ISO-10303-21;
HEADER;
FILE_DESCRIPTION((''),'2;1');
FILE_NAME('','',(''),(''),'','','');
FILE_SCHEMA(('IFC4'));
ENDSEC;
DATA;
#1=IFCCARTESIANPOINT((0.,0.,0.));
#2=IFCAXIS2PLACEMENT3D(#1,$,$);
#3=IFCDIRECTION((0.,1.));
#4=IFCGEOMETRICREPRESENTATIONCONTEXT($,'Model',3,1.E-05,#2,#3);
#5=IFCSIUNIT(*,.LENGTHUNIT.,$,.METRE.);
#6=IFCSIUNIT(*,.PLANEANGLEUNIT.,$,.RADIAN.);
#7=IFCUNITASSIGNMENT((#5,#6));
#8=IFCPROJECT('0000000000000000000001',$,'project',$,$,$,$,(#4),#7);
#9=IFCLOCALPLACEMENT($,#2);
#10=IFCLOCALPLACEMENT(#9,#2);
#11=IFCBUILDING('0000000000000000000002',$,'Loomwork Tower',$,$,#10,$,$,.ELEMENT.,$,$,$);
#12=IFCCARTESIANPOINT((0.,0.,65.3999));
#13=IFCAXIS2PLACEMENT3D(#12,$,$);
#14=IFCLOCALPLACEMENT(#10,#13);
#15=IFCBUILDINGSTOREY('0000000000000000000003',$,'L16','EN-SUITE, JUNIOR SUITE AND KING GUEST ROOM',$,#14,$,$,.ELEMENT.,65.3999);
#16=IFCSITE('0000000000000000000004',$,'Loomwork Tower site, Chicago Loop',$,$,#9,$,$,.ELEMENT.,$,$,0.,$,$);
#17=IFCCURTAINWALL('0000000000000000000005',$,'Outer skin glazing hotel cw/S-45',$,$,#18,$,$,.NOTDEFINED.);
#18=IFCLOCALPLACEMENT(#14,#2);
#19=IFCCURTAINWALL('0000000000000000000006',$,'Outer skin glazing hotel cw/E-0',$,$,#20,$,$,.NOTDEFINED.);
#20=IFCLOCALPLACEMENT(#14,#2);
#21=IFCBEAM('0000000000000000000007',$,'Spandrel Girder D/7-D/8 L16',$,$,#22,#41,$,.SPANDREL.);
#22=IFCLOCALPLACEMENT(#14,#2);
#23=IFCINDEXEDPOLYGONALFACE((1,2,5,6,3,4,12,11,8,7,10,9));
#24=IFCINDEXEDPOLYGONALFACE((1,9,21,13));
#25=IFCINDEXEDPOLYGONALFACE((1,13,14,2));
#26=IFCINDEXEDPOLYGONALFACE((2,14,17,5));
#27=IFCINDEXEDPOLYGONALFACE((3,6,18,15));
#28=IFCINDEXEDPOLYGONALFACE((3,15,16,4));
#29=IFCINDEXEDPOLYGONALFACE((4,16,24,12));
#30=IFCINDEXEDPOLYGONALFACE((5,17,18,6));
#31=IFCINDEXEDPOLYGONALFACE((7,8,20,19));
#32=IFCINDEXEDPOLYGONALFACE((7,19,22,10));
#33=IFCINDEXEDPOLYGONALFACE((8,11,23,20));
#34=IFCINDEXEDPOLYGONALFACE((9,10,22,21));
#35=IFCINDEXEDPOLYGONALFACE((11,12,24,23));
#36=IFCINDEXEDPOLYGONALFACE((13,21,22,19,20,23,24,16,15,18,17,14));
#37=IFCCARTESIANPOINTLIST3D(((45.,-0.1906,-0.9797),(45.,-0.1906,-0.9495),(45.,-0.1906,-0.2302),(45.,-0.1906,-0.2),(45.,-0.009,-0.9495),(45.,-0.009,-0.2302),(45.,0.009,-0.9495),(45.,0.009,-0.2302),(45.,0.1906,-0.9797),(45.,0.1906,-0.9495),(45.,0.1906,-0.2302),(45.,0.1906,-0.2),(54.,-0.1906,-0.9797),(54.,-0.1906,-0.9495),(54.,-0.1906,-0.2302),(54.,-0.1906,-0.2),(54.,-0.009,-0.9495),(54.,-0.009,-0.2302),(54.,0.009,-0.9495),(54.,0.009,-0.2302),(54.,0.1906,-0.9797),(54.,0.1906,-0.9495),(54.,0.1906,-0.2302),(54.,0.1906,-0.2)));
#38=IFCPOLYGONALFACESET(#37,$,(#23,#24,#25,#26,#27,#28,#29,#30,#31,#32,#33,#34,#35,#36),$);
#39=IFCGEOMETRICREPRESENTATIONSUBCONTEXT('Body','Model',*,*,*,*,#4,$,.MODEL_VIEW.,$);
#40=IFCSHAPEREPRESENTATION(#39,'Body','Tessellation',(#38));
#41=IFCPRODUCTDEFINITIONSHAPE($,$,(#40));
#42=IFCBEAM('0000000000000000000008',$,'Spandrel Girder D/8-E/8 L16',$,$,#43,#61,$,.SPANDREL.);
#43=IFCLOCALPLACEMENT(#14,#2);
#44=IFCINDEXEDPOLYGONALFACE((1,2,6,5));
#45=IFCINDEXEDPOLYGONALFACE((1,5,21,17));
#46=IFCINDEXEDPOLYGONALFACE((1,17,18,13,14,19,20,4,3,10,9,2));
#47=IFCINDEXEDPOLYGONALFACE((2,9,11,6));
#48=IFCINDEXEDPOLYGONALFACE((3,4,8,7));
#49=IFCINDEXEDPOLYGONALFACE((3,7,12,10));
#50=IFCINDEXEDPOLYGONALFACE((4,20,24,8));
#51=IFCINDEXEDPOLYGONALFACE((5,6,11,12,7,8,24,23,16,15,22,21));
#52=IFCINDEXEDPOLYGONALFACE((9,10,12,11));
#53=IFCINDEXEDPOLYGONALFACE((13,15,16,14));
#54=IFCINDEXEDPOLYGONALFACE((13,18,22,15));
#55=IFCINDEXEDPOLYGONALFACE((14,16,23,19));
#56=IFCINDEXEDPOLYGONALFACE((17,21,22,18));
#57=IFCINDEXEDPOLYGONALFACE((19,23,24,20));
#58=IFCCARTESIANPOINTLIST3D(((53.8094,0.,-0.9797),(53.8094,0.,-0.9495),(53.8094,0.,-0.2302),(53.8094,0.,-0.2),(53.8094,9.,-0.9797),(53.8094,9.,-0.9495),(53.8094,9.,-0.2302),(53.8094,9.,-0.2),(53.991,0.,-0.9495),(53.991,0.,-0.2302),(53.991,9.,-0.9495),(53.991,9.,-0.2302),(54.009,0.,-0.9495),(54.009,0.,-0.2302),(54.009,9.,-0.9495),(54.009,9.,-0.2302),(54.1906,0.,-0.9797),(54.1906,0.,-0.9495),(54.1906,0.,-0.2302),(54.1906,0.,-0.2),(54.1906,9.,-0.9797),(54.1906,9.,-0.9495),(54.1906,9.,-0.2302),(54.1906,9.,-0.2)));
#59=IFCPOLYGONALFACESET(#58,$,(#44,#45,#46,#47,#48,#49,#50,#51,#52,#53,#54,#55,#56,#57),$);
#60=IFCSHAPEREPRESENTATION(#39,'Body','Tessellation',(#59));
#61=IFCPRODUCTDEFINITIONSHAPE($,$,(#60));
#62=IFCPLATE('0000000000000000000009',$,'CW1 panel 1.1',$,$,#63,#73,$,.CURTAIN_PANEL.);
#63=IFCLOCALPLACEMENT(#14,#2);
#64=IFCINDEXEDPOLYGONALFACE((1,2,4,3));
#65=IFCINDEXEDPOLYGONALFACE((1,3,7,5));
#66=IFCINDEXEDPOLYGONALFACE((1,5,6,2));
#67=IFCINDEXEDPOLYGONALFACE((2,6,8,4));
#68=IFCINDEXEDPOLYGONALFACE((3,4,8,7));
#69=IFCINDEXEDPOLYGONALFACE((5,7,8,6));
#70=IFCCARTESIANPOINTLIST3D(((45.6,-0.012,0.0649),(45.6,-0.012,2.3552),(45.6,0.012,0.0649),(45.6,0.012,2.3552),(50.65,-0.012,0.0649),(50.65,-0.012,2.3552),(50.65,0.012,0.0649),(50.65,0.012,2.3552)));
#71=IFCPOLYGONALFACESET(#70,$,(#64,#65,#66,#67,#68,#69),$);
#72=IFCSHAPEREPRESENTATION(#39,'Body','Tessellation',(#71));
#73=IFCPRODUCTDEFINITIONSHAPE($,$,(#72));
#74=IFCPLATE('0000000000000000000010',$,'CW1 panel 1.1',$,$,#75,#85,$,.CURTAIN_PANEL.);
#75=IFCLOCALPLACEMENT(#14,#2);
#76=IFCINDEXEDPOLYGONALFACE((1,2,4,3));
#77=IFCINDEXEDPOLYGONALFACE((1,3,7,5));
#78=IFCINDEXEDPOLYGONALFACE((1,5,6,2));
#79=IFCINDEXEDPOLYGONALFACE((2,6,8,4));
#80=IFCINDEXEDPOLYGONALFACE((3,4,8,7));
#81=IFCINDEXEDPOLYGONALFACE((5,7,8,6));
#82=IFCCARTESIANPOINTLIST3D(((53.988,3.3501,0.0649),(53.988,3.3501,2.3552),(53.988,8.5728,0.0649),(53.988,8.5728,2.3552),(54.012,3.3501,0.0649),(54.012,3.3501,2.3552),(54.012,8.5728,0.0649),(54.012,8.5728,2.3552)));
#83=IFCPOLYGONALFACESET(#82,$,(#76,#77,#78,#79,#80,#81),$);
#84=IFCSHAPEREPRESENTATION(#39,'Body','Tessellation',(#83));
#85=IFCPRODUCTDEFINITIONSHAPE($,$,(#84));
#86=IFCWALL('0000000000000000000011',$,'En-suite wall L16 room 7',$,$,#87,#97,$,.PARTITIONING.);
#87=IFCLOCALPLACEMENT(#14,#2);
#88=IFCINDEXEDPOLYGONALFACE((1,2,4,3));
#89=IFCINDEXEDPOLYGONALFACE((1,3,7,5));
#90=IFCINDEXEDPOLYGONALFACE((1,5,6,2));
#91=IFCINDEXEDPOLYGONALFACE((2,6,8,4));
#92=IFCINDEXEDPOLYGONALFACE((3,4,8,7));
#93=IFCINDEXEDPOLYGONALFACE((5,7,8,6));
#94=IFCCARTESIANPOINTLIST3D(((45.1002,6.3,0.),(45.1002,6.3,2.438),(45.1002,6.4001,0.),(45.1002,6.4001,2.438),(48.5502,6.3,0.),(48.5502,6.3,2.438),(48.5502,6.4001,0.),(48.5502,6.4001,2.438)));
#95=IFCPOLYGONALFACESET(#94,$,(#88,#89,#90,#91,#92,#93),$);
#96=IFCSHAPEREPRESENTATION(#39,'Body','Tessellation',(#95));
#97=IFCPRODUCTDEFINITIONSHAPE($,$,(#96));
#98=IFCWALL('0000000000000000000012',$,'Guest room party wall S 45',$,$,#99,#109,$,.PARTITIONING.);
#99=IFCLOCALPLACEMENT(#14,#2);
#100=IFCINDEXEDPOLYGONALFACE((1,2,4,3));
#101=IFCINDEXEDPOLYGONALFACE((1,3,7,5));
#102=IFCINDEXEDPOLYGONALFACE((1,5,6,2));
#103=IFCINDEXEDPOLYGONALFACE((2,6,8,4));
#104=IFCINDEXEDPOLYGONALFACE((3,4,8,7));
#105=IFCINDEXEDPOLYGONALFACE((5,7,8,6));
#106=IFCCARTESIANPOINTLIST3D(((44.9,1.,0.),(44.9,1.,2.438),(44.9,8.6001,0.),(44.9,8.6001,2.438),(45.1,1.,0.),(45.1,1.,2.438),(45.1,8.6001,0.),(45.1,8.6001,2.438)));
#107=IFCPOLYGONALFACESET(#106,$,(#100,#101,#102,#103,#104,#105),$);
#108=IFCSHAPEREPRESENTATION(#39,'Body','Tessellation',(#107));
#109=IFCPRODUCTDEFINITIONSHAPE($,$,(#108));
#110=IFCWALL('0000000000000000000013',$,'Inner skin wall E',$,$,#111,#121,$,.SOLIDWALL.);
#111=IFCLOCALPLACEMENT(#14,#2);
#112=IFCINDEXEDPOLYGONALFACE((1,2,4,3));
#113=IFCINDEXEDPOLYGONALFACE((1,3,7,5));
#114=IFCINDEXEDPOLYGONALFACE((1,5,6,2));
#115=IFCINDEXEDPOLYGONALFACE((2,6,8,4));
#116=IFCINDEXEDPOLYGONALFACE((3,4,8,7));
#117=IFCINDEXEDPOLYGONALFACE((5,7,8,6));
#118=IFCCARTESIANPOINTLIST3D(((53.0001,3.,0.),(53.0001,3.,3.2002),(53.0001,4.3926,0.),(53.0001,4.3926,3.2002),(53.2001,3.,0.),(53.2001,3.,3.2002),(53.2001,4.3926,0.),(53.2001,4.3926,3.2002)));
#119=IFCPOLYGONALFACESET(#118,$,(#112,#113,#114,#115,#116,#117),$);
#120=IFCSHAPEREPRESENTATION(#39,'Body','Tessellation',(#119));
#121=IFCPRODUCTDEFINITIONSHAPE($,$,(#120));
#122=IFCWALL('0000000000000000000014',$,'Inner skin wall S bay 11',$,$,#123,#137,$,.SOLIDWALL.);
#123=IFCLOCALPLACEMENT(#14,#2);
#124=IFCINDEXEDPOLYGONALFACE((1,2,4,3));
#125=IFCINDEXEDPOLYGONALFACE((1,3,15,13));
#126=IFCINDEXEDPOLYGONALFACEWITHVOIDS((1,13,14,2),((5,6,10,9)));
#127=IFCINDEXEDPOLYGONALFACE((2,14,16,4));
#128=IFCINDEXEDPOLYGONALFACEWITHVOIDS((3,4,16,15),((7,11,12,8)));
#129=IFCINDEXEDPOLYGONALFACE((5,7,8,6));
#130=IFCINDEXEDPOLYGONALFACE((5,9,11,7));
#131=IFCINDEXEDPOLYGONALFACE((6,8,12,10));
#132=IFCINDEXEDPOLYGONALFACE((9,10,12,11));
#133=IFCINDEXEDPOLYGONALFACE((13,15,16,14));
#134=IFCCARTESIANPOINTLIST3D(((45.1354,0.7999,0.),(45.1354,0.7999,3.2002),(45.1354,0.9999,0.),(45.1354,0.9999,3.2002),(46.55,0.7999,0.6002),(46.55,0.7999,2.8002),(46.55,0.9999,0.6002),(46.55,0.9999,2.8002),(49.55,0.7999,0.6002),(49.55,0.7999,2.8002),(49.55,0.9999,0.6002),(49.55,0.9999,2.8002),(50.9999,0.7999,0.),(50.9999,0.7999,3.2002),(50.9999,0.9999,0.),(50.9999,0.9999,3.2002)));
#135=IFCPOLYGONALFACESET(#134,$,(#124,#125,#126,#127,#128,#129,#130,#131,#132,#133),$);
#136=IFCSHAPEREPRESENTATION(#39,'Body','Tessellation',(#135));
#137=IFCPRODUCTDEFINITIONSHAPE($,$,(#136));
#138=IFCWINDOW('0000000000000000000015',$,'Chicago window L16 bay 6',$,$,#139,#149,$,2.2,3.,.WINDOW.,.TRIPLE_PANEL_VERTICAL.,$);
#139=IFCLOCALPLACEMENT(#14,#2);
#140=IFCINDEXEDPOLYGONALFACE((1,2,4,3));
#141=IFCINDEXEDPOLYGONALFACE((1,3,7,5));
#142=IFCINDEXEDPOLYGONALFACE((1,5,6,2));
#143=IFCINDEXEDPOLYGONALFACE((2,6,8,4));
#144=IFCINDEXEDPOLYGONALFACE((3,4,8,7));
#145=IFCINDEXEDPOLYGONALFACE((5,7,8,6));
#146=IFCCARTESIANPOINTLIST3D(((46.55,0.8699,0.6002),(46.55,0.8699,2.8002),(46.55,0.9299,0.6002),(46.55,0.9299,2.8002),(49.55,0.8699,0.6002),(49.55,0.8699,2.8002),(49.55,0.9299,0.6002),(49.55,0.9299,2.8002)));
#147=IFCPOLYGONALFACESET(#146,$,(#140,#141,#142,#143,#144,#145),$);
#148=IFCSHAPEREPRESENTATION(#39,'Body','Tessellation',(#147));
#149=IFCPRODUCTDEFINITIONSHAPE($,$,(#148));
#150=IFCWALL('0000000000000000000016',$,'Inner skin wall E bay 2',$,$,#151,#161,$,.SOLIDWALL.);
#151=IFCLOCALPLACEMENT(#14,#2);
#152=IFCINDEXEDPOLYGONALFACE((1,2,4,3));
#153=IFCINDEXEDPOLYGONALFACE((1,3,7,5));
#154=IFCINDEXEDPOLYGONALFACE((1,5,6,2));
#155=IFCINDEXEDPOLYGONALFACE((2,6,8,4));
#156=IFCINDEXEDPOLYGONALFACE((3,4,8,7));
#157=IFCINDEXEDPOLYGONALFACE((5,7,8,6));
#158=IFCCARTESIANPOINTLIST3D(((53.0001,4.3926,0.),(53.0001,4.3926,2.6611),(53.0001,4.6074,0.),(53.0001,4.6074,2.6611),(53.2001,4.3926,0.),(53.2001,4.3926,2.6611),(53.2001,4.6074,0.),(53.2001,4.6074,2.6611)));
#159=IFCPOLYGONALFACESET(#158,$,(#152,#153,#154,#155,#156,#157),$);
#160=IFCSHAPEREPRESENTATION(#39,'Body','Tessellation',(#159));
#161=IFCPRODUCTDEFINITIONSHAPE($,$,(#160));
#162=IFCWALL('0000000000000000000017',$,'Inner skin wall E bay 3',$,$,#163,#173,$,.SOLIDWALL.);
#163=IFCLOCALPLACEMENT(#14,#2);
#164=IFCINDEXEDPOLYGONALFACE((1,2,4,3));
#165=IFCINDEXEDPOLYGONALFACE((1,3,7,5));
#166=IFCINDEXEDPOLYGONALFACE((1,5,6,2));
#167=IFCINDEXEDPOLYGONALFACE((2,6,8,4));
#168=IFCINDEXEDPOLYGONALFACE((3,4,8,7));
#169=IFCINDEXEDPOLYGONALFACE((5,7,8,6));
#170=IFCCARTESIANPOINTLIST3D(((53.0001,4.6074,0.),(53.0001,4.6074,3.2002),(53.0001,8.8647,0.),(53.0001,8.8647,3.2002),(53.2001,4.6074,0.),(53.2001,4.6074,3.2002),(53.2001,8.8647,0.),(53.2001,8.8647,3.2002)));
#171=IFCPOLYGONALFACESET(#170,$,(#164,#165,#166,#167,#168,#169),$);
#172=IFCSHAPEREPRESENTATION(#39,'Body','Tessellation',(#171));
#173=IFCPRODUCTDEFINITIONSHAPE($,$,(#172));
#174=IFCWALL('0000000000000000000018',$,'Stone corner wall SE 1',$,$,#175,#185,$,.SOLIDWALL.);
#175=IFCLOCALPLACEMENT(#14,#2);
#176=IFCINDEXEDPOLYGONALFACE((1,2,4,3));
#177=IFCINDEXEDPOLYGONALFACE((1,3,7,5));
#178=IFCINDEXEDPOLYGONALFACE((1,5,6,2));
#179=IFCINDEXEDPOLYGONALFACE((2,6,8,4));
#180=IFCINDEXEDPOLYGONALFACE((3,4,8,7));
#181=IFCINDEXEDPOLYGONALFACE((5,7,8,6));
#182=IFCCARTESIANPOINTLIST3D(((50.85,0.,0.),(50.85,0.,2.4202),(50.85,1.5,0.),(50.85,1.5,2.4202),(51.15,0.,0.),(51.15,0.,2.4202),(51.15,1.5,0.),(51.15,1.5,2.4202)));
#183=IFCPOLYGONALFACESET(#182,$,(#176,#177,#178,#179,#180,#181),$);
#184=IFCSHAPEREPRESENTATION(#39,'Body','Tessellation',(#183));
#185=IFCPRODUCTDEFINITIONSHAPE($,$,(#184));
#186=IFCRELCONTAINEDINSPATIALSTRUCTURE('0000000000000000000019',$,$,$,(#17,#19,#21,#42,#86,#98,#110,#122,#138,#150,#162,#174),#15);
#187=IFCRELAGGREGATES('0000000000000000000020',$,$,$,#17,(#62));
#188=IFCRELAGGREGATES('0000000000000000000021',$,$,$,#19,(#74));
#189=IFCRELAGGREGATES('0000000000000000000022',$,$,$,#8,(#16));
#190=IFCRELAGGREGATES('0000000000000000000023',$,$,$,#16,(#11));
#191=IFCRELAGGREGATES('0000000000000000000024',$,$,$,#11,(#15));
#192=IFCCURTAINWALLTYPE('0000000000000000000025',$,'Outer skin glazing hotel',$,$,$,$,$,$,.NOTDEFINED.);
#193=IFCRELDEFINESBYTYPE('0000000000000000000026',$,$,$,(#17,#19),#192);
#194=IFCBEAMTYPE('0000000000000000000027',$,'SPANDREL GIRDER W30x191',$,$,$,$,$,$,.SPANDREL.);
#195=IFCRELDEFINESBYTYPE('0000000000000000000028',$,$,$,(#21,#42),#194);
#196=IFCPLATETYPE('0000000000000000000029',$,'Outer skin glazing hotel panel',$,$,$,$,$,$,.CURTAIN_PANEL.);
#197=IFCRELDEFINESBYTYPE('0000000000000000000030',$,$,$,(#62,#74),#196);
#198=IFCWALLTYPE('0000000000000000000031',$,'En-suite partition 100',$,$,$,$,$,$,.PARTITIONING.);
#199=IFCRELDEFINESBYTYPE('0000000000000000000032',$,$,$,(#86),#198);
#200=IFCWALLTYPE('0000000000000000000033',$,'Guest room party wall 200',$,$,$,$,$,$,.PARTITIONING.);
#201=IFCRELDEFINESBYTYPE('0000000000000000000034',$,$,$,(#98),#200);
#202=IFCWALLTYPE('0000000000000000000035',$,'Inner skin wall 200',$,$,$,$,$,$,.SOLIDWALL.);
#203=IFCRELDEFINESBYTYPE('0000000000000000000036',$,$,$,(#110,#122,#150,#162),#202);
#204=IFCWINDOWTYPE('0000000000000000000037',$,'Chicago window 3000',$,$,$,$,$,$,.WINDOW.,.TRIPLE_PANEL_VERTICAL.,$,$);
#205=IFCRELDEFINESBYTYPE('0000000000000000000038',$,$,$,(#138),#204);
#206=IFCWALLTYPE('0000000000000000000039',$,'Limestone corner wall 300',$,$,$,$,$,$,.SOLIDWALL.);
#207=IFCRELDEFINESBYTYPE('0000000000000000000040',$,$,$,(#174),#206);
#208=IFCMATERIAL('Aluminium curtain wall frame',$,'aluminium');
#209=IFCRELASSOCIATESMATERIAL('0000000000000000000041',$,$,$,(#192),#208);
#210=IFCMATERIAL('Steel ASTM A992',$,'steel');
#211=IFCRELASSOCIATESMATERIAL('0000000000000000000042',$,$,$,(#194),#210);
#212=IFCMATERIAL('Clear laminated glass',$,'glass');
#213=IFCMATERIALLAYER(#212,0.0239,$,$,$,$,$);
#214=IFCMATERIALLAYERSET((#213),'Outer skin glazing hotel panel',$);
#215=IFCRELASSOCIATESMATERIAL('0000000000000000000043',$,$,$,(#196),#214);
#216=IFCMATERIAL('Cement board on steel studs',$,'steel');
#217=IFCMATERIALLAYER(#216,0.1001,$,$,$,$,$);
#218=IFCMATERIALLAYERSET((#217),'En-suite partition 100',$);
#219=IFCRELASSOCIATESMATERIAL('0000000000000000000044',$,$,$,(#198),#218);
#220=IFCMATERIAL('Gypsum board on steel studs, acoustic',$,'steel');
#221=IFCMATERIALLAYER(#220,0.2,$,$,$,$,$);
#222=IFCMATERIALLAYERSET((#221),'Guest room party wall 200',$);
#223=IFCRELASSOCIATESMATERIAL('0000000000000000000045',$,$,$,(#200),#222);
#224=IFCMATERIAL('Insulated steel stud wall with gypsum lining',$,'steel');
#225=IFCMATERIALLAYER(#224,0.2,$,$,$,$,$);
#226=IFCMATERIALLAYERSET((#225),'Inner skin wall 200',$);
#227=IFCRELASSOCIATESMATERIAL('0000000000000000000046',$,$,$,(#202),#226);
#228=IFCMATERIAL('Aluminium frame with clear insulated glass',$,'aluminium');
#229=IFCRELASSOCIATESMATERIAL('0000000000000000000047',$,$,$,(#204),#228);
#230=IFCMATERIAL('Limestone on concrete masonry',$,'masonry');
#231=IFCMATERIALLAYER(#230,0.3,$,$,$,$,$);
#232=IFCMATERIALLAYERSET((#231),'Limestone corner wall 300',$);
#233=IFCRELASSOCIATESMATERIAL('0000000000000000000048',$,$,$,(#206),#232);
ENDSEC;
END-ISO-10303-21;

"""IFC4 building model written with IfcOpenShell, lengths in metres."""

from ifc_helpers import new_model, si_unit, direction, frame, frame_2d, origin, origin_2d, place, context, subcontext, project, spatial, rectangle, i_section, extrude, material, layer, layer_set, material_profile, profile_set, type_object, element, fill, aggregate, save


model = new_model("IFC4")

# Units and contexts
model_context = context("Model", 3, precision=1e-05, world=origin(), true_north=direction((0.0, 1.0)))
body_context = subcontext(model_context, "Body", "Model", "MODEL_VIEW")
ifc_project = project(units=[si_unit("LENGTHUNIT", "METRE"), si_unit("PLANEANGLEUNIT", "RADIAN")], contexts=[model_context])

# Site, building, storey
site_placement = place(None, origin())
site = spatial("IfcSite", under=ifc_project, at=site_placement, Name="Loomwork Tower site, Chicago Loop", CompositionType="ELEMENT", RefElevation=0.0)
building_placement = place(site_placement, origin())
building = spatial("IfcBuilding", under=site, at=building_placement, Name="Loomwork Tower", CompositionType="ELEMENT")
storey_placement = place(building_placement, frame((0.0, 0.0, 65.3999)))
storey = spatial("IfcBuildingStorey", under=building, at=storey_placement, Name="L16", Description="EN-SUITE, JUNIOR SUITE AND KING GUEST ROOM", CompositionType="ELEMENT", Elevation=65.3999)

# Curtain wall
ifc_material_1 = material(Name="Aluminium curtain wall frame", Category="aluminium")
curtain_wall_type = type_object("IfcCurtainWallType", Name="Outer skin glazing hotel", PredefinedType="NOTDEFINED", material=ifc_material_1)
curtain_wall_1_placement = place(storey_placement, origin())
curtain_wall_1 = element("IfcCurtainWall", 1, at=curtain_wall_1_placement, inside=storey, type_object=curtain_wall_type, Name="Outer skin glazing hotel cw/S-45", PredefinedType="NOTDEFINED")

# Curtain wall
curtain_wall_2_placement = place(storey_placement, origin())
curtain_wall_2 = element("IfcCurtainWall", 2, at=curtain_wall_2_placement, inside=storey, type_object=curtain_wall_type, Name="Outer skin glazing hotel cw/E-0", PredefinedType="NOTDEFINED")

# Beams
ifc_material_2 = material(Name="Steel ASTM A992", Category="steel")
ifc_material_profile_1 = material_profile(ifc_material_2, i_section(OverallWidth=0.3811, OverallDepth=0.7798, WebThickness=0.0181, FlangeThickness=0.0303, at=origin_2d()), Name="W30x191")
ifc_profile_set_1 = profile_set([ifc_material_profile_1], Name="Steel ASTM A992")
beam_type_1 = type_object("IfcBeamType", Name="SPANDREL GIRDER W30x191", PredefinedType="SPANDREL", material=ifc_profile_set_1)
for number, where, z_axis, x_axis, name in (
    (3, (45.0, 0.0, -0.5898), (1.0, 0.0, 0.0), (0.0, 1.0, 0.0), "Spandrel Girder D/7-D/8 L16"),
    (4, (54.0, 0.0, -0.5898), (0.0, 1.0, 0.0), (-1.0, 0.0, 0.0), "Spandrel Girder D/8-E/8 L16"),
):
    element("IfcBeam", number, at=place(storey_placement, frame(where, z_axis=z_axis, x_axis=x_axis)), inside=storey, type_object=beam_type_1, Name=name, PredefinedType="SPANDREL", context=body_context, shape_type="SweptSolid", body=[
        extrude(i_section(OverallWidth=0.3811, OverallDepth=0.7798, WebThickness=0.0181, FlangeThickness=0.0303, at=origin_2d()), origin(), (0.0, 0.0, 1.0), 9.0),
    ])

# Plates
ifc_material_3 = material(Name="Clear laminated glass", Category="glass")
ifc_layer_1 = layer(ifc_material_3, 0.0239)
ifc_layer_set_1 = layer_set([ifc_layer_1], Name="Outer skin glazing hotel panel")
plate_type = type_object("IfcPlateType", Name="Outer skin glazing hotel panel", PredefinedType="CURTAIN_PANEL", material=ifc_layer_set_1)
plate_1_placement = place(storey_placement, frame((48.125, 0.0, 0.0649), z_axis=(0.0, 0.0, 1.0), x_axis=(1.0, 0.0, 0.0)))
plate_1 = element("IfcPlate", 5, at=plate_1_placement, type_object=plate_type, Name="CW1 panel 1.1", PredefinedType="CURTAIN_PANEL", context=body_context, shape_type="SweptSolid", body=[
    extrude(rectangle(XDim=5.05, YDim=0.0239, at=origin_2d()), origin(), (0.0, 0.0, 1.0), 2.2903),
])
aggregate(curtain_wall_1, [plate_1])
plate_2_placement = place(storey_placement, frame((54.0, 5.9614, 0.0649), z_axis=(0.0, 0.0, 1.0), x_axis=(0.0, 1.0, 0.0)))
plate_2 = element("IfcPlate", 6, at=plate_2_placement, type_object=plate_type, Name="CW1 panel 1.1", PredefinedType="CURTAIN_PANEL", context=body_context, shape_type="SweptSolid", body=[
    extrude(rectangle(XDim=5.2227, YDim=0.0239, at=origin_2d()), origin(), (0.0, 0.0, 1.0), 2.2903),
])
aggregate(curtain_wall_2, [plate_2])

# Walls
ifc_material_4 = material(Name="Cement board on steel studs", Category="steel")
ifc_layer_2 = layer(ifc_material_4, 0.1001)
ifc_layer_set_2 = layer_set([ifc_layer_2], Name="En-suite partition 100")
wall_type_1 = type_object("IfcWallType", Name="En-suite partition 100", PredefinedType="PARTITIONING", material=ifc_layer_set_2)
wall_1_placement = place(storey_placement, frame((45.1001, 6.3501, 0.0), z_axis=(0.0, 0.0, 1.0), x_axis=(1.0, 0.0, 0.0)))
element("IfcWall", 7, at=wall_1_placement, inside=storey, type_object=wall_type_1, Name="En-suite wall L16 room 7", PredefinedType="PARTITIONING", context=body_context, shape_type="SweptSolid", body=[
    extrude(rectangle(XDim=3.45, YDim=0.1001, at=frame_2d((1.7251, 0.0))), origin(), (0.0, 0.0, 1.0), 2.438),
])
ifc_material_5 = material(Name="Gypsum board on steel studs, acoustic", Category="steel")
ifc_layer_3 = layer(ifc_material_5, 0.2)
ifc_layer_set_3 = layer_set([ifc_layer_3], Name="Guest room party wall 200")
wall_type_2 = type_object("IfcWallType", Name="Guest room party wall 200", PredefinedType="PARTITIONING", material=ifc_layer_set_3)
wall_2_placement = place(storey_placement, frame((45.0, 8.6001, 0.0), z_axis=(0.0, 0.0, 1.0), x_axis=(0.0, -1.0, 0.0)))
element("IfcWall", 8, at=wall_2_placement, inside=storey, type_object=wall_type_2, Name="Guest room party wall S 45", PredefinedType="PARTITIONING", context=body_context, shape_type="SweptSolid", body=[
    extrude(rectangle(XDim=7.6001, YDim=0.2, at=frame_2d((3.8, 0.0))), origin(), (0.0, 0.0, 1.0), 2.438),
])
ifc_material_6 = material(Name="Insulated steel stud wall with gypsum lining", Category="steel")
ifc_layer_4 = layer(ifc_material_6, 0.2)
ifc_layer_set_4 = layer_set([ifc_layer_4], Name="Inner skin wall 200")
wall_type_3 = type_object("IfcWallType", Name="Inner skin wall 200", PredefinedType="SOLIDWALL", material=ifc_layer_set_4)
wall_3_placement = place(storey_placement, frame((53.1001, 3.0, 0.0), z_axis=(0.0, 0.0, 1.0), x_axis=(0.0, 1.0, 0.0)))
element("IfcWall", 9, at=wall_3_placement, inside=storey, type_object=wall_type_3, Name="Inner skin wall E", PredefinedType="SOLIDWALL", context=body_context, shape_type="SweptSolid", body=[
    extrude(rectangle(XDim=1.3926, YDim=0.2, at=frame_2d((0.6963, 0.0))), origin(), (0.0, 0.0, 1.0), 3.2002),
])

# Wall, opening, window
wall_4_placement = place(storey_placement, frame((45.1355, 0.8999, 0.0), z_axis=(0.0, 0.0, 1.0), x_axis=(1.0, 0.0, 0.0)))
wall_4 = element("IfcWall", 10, at=wall_4_placement, inside=storey, type_object=wall_type_3, Name="Inner skin wall S bay 11", PredefinedType="SOLIDWALL", context=body_context, shape_type="SweptSolid", body=[
    extrude(rectangle(XDim=5.8645, YDim=0.2, at=frame_2d((2.9321, 0.0))), origin(), (0.0, 0.0, 1.0), 3.2002),
])
opening_1_placement = place(wall_4_placement, frame((1.4146, 0.0, 0.6001)))
opening_1 = element("IfcOpeningElement", 11, at=opening_1_placement, cuts=wall_4, PredefinedType="OPENING", context=body_context, shape_type="SweptSolid", body=[
    extrude(rectangle(XDim=3.0, YDim=2.2, at=frame_2d((1.5, 1.1001))), frame((0.0, 0.1099, 0.0), z_axis=(0.0, -1.0, 0.0), x_axis=(1.0, 0.0, 0.0)), (0.0, 0.0, 1.0), 0.22),
])
ifc_material_7 = material(Name="Aluminium frame with clear insulated glass", Category="aluminium")
window_type_1 = type_object("IfcWindowType", Name="Chicago window 3000", PartitioningType="TRIPLE_PANEL_VERTICAL", PredefinedType="WINDOW", material=ifc_material_7)
window_1_placement = place(opening_1_placement, origin())
window_1 = element("IfcWindow", 12, at=window_1_placement, inside=storey, type_object=window_type_1, Name="Chicago window L16 bay 6", OverallHeight=2.2, OverallWidth=3.0, PartitioningType="TRIPLE_PANEL_VERTICAL", PredefinedType="WINDOW", context=body_context, shape_type="SweptSolid", body=[
    extrude(rectangle(XDim=3.0, YDim=2.2, at=frame_2d((1.5, 1.1001))), frame((0.0, 0.03, 0.0), z_axis=(0.0, -1.0, 0.0), x_axis=(1.0, 0.0, 0.0)), (0.0, 0.0, 1.0), 0.0601),
])
fill(opening_1, window_1)

# Walls
wall_5_placement = place(storey_placement, frame((53.1001, 4.3926, 0.0), z_axis=(0.0, 0.0, 1.0), x_axis=(0.0, 1.0, 0.0)))
element("IfcWall", 13, at=wall_5_placement, inside=storey, type_object=wall_type_3, Name="Inner skin wall E bay 2", PredefinedType="SOLIDWALL", context=body_context, shape_type="SweptSolid", body=[
    extrude(rectangle(XDim=0.2148, YDim=0.2, at=frame_2d((0.1074, 0.0))), origin(), (0.0, 0.0, 1.0), 2.6611),
])
wall_6_placement = place(storey_placement, frame((53.1001, 4.6074, 0.0), z_axis=(0.0, 0.0, 1.0), x_axis=(0.0, 1.0, 0.0)))
element("IfcWall", 14, at=wall_6_placement, inside=storey, type_object=wall_type_3, Name="Inner skin wall E bay 3", PredefinedType="SOLIDWALL", context=body_context, shape_type="SweptSolid", body=[
    extrude(rectangle(XDim=4.2573, YDim=0.2, at=frame_2d((2.1287, 0.0))), origin(), (0.0, 0.0, 1.0), 3.2002),
])
ifc_material_8 = material(Name="Limestone on concrete masonry", Category="masonry")
ifc_layer_5 = layer(ifc_material_8, 0.3)
ifc_layer_set_5 = layer_set([ifc_layer_5], Name="Limestone corner wall 300")
wall_type_4 = type_object("IfcWallType", Name="Limestone corner wall 300", PredefinedType="SOLIDWALL", material=ifc_layer_set_5)
wall_7_placement = place(storey_placement, frame((51.0, 0.0, 0.0), z_axis=(0.0, 0.0, 1.0), x_axis=(0.0, 1.0, 0.0)))
element("IfcWall", 15, at=wall_7_placement, inside=storey, type_object=wall_type_4, Name="Stone corner wall SE 1", PredefinedType="SOLIDWALL", context=body_context, shape_type="SweptSolid", body=[
    extrude(rectangle(XDim=1.5, YDim=0.3, at=frame_2d((0.75, 0.0))), origin(), (0.0, 0.0, 1.0), 2.4202),
])

save(model, "model.ifc")
